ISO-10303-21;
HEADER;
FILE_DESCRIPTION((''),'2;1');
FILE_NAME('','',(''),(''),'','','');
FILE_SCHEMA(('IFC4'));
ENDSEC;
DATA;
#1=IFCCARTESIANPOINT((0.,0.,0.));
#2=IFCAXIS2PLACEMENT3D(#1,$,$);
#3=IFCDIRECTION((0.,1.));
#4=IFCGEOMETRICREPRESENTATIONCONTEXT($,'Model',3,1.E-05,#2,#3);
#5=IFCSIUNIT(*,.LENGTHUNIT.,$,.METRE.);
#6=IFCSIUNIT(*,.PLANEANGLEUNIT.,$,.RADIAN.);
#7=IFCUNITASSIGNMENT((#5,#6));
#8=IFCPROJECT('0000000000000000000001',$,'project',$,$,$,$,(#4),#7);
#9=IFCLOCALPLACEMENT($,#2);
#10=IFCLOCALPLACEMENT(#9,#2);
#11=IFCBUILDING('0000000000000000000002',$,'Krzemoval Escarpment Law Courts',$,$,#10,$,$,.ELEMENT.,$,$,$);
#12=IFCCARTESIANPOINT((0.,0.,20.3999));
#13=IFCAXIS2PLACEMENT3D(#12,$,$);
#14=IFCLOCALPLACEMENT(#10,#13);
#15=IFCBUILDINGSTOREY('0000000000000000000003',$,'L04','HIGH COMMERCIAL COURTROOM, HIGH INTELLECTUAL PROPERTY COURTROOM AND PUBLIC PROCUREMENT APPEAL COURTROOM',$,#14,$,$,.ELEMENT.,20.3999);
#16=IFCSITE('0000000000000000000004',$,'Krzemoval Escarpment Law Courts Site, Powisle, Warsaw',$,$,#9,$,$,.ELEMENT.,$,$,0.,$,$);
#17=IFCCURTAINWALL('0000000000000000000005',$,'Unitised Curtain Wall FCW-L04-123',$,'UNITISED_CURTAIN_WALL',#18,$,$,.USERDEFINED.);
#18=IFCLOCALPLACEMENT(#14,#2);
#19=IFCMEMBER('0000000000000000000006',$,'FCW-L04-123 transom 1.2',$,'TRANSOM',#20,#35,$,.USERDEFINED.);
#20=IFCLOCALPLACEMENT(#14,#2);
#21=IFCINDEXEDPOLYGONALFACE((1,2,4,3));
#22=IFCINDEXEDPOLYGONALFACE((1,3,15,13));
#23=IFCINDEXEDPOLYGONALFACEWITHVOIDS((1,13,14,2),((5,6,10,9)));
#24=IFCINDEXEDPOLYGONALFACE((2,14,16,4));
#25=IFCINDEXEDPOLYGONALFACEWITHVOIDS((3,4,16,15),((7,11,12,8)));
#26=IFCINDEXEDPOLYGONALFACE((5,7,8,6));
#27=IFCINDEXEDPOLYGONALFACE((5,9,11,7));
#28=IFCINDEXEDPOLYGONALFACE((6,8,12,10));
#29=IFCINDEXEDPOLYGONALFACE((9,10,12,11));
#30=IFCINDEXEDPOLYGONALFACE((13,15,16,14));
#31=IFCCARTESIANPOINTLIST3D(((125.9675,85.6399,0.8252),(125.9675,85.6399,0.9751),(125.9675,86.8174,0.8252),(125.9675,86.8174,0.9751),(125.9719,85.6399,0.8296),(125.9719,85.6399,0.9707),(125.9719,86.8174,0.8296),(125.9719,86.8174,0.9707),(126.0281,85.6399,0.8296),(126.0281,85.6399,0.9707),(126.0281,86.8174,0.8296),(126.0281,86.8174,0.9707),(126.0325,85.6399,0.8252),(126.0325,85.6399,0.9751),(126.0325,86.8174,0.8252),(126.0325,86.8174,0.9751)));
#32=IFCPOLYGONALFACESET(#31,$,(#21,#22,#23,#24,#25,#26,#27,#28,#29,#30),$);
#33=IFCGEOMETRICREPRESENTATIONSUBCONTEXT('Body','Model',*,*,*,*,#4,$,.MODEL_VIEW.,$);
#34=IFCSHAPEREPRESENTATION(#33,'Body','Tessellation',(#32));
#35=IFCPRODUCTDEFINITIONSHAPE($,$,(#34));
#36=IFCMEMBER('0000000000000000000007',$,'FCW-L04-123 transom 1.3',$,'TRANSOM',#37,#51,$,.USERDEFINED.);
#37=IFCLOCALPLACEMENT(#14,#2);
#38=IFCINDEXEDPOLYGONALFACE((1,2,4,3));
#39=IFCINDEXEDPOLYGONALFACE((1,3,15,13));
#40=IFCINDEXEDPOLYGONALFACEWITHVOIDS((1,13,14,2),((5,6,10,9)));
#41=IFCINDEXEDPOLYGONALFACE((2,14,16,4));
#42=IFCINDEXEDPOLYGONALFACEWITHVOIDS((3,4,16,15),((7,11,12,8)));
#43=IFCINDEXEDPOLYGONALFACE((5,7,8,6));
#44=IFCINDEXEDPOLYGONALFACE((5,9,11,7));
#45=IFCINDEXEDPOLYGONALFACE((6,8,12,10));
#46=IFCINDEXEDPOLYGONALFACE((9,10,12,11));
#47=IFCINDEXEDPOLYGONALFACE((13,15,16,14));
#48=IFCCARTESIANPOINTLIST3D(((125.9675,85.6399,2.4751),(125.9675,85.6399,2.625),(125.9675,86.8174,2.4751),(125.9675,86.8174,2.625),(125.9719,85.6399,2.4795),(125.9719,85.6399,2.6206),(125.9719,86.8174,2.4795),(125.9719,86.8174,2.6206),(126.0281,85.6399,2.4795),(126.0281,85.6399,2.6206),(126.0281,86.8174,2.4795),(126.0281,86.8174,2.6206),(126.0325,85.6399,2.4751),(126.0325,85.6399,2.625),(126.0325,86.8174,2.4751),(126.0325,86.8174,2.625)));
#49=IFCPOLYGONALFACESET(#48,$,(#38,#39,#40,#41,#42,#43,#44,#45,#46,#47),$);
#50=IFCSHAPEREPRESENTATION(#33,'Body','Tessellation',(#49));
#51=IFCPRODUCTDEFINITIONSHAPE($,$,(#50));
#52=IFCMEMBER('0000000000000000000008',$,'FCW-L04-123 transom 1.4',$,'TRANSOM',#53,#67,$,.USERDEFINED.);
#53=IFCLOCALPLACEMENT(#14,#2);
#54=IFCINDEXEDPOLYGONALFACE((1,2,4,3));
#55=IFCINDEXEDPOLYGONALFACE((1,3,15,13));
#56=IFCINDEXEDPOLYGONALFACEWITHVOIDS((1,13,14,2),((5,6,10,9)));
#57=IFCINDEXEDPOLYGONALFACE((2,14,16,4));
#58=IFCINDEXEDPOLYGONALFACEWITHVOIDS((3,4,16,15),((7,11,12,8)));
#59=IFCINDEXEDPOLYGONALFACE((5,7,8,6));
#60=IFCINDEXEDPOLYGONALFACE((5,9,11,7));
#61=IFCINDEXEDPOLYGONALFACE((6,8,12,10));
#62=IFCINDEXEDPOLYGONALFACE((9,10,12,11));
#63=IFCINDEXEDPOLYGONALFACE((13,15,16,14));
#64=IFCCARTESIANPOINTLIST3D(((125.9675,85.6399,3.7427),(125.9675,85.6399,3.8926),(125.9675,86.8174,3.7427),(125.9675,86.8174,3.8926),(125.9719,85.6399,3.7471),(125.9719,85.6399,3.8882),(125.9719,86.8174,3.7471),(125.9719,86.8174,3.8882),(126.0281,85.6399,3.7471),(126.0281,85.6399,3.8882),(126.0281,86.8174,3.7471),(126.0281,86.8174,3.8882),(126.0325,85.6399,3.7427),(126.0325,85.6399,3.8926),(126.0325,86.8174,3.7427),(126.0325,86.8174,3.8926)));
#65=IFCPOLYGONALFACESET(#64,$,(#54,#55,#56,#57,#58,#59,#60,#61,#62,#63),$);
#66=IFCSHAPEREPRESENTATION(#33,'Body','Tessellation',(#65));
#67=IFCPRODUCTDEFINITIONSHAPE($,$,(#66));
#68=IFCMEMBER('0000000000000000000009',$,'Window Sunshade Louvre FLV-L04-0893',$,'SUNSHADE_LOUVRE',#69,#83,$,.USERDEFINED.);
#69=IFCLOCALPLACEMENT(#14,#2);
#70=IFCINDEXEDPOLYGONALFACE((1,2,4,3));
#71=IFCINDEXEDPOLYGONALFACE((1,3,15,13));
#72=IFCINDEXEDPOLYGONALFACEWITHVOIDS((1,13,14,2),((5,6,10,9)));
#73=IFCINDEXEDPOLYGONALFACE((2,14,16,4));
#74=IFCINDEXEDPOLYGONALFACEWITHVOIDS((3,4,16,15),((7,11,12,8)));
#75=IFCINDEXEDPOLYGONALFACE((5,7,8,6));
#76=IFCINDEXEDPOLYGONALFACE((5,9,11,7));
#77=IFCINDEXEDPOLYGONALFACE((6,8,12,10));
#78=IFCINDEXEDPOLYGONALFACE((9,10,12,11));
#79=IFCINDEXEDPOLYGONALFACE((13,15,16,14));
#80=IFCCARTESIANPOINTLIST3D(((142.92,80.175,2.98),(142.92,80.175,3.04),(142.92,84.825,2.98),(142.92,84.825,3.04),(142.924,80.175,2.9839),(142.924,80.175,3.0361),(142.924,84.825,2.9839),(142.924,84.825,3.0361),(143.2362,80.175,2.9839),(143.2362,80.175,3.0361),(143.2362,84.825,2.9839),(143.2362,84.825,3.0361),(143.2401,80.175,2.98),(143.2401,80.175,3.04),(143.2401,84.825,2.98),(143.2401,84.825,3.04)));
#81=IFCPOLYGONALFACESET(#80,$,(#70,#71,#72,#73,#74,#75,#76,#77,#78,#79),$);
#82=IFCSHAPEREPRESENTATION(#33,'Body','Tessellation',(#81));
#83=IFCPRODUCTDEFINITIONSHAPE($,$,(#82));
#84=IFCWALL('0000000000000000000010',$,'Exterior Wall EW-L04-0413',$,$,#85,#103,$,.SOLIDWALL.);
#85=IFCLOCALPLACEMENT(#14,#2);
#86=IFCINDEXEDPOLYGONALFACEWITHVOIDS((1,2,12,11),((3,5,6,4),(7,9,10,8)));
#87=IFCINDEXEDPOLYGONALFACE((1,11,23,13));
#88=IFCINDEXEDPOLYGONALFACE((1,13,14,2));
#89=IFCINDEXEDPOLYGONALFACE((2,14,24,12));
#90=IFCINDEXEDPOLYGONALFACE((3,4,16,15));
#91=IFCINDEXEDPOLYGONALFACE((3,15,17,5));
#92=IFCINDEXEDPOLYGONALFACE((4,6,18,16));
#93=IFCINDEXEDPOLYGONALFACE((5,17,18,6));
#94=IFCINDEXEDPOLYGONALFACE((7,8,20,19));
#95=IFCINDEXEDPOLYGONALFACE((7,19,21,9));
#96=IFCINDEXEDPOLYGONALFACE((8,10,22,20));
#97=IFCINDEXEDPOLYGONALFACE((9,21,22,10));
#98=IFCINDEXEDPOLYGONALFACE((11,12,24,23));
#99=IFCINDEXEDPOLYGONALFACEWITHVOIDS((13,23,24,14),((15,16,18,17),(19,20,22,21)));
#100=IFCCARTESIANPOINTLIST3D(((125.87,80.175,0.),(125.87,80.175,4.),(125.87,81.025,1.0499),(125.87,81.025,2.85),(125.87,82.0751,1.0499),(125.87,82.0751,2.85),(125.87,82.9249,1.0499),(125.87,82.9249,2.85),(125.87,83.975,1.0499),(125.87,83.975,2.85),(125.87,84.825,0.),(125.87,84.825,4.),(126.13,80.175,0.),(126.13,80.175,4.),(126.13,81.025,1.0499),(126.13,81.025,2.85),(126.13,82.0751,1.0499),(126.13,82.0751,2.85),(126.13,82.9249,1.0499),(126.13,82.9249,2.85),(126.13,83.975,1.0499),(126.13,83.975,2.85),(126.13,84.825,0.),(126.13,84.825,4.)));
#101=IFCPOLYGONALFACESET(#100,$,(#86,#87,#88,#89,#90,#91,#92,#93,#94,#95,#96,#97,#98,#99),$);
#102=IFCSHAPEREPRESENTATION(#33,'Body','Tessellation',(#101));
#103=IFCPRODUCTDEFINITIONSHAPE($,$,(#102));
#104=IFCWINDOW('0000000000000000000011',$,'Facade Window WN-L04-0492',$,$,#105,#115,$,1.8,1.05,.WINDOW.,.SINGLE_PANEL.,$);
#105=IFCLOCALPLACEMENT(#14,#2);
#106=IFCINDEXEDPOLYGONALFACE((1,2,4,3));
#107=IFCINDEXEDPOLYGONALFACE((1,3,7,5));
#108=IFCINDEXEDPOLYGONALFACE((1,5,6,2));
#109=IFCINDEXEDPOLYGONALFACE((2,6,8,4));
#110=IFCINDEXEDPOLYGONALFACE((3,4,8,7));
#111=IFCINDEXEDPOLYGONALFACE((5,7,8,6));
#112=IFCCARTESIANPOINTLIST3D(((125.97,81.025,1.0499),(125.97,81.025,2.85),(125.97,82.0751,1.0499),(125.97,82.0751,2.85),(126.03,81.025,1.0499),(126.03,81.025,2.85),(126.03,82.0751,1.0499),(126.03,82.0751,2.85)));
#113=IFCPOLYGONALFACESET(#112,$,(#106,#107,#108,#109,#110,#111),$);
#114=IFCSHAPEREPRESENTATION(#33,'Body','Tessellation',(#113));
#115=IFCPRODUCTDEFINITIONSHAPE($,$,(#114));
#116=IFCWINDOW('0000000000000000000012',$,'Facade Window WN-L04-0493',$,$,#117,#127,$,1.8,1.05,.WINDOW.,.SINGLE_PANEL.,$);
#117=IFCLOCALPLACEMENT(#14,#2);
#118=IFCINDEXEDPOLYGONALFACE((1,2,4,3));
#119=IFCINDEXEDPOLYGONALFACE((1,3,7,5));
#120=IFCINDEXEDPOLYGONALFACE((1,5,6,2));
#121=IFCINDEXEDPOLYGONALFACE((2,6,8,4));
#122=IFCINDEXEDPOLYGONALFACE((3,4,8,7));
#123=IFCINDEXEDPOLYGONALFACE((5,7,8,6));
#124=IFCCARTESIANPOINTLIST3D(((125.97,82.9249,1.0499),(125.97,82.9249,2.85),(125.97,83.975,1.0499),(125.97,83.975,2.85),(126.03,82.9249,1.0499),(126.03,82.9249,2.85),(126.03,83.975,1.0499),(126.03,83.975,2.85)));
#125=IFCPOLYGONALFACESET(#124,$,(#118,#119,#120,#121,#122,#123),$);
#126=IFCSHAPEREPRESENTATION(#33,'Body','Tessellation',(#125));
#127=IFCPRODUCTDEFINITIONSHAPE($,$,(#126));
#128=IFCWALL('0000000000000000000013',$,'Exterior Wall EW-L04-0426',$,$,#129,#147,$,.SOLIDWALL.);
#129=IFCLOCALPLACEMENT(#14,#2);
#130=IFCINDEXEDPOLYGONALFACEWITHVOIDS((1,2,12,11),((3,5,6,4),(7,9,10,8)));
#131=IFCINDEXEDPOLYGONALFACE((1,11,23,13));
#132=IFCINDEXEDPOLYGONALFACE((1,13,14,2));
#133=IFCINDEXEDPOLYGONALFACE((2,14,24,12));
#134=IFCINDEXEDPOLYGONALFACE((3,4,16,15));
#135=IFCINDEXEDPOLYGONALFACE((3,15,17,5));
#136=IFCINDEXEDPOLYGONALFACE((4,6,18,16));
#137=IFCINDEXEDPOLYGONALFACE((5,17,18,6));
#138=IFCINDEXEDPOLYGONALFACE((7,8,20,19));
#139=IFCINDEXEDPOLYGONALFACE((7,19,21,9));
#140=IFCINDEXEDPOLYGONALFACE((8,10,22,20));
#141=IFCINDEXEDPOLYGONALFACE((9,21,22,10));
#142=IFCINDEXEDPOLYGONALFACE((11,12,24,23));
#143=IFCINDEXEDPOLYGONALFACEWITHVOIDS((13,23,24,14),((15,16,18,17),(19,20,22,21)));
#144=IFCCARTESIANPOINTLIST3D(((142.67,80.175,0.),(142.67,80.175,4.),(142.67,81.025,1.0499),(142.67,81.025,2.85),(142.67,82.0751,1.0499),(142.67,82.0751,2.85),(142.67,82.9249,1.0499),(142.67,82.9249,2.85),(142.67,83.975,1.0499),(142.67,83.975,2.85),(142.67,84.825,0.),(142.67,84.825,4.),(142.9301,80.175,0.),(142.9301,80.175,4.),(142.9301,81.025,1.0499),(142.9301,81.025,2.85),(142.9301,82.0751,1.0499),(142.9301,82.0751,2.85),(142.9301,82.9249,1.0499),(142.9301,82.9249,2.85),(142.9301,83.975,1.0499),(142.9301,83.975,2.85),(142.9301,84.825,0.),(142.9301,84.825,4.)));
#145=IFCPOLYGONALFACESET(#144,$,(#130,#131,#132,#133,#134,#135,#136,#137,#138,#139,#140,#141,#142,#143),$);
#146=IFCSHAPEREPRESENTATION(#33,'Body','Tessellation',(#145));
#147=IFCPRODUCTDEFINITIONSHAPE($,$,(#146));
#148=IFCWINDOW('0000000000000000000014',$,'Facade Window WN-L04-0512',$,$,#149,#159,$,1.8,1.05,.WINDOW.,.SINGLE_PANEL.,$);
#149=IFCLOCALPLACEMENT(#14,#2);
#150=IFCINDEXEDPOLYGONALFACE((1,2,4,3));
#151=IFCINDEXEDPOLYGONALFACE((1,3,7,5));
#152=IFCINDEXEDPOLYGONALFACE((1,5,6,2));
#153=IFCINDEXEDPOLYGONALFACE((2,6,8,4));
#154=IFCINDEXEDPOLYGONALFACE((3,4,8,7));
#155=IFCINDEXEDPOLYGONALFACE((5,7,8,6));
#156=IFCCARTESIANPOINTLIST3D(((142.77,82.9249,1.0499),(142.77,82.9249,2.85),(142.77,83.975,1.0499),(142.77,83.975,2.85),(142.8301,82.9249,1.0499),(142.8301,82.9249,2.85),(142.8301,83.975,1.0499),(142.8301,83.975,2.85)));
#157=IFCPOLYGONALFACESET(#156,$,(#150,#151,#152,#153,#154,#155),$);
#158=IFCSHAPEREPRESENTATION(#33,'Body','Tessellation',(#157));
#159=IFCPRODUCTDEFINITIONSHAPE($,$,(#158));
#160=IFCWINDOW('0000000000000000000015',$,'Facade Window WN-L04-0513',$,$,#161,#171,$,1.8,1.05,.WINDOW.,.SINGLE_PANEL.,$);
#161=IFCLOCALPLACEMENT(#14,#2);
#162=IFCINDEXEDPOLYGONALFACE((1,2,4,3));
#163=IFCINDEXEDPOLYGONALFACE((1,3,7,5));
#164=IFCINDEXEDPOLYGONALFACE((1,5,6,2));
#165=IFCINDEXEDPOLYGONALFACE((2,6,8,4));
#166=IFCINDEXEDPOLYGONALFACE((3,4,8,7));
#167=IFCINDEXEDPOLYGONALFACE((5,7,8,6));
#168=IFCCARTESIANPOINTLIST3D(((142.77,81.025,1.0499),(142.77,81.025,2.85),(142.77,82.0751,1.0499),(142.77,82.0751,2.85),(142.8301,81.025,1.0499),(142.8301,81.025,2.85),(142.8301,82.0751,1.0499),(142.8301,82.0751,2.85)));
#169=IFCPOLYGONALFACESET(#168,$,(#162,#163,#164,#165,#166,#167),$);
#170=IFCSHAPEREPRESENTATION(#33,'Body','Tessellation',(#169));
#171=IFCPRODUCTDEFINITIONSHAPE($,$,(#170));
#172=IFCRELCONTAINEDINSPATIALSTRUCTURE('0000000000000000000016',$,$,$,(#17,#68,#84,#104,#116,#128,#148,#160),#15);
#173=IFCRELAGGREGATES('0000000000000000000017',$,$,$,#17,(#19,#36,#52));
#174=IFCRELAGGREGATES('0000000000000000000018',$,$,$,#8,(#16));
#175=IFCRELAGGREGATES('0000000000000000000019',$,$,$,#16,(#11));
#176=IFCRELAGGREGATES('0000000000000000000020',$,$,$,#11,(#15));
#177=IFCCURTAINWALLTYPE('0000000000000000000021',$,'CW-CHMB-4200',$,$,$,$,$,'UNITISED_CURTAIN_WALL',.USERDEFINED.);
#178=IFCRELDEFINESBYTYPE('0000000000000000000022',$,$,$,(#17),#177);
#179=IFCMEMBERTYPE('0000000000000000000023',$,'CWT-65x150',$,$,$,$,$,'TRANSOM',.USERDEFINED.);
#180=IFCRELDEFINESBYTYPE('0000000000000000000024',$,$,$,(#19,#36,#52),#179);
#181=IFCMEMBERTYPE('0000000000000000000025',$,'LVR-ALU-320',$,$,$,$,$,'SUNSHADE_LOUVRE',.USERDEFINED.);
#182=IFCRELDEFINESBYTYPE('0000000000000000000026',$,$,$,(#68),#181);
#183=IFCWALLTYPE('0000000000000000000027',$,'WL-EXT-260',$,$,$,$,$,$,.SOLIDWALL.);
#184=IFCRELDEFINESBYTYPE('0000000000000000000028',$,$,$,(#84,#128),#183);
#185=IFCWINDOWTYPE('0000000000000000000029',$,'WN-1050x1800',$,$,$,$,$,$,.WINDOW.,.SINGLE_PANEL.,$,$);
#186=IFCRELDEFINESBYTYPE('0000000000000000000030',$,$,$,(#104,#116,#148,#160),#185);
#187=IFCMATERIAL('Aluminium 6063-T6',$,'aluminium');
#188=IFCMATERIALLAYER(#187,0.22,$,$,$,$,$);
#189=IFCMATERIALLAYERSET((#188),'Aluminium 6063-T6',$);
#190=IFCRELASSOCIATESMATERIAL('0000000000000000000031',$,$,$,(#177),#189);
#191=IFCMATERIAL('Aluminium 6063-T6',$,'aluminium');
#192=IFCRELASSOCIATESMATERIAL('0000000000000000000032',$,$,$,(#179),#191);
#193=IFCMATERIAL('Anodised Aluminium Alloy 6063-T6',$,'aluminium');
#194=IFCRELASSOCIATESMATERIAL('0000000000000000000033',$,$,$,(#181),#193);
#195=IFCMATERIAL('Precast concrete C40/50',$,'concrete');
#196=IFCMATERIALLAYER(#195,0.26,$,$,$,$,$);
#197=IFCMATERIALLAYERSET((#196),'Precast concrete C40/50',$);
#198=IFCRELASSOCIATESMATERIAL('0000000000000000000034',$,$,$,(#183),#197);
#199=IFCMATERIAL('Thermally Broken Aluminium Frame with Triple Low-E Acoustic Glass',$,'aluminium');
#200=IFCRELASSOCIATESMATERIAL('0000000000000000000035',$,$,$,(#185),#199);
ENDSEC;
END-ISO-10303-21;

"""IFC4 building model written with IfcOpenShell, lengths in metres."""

from ifc_helpers import new_model, si_unit, direction, frame, frame_2d, origin, origin_2d, place, context, subcontext, project, spatial, rectangle, hollow_rectangle, extrude, material, layer, layer_set, material_profile, profile_set, type_object, element, fill, aggregate, save


model = new_model("IFC4")

# Units and contexts
model_context = context("Model", 3, precision=1e-05, world=origin(), true_north=direction((0.0, 1.0)))
body_context = subcontext(model_context, "Body", "Model", "MODEL_VIEW")
ifc_project = project(units=[si_unit("LENGTHUNIT", "METRE"), si_unit("PLANEANGLEUNIT", "RADIAN")], contexts=[model_context])

# Site, building, storey
site_placement = place(None, origin())
site = spatial("IfcSite", under=ifc_project, at=site_placement, Name="Krzemoval Escarpment Law Courts Site, Powisle, Warsaw", CompositionType="ELEMENT", RefElevation=0.0)
building_placement = place(site_placement, origin())
building = spatial("IfcBuilding", under=site, at=building_placement, Name="Krzemoval Escarpment Law Courts", CompositionType="ELEMENT")
storey_placement = place(building_placement, frame((0.0, 0.0, 20.3999)))
storey = spatial("IfcBuildingStorey", under=building, at=storey_placement, Name="L04", Description="HIGH COMMERCIAL COURTROOM, HIGH INTELLECTUAL PROPERTY COURTROOM AND PUBLIC PROCUREMENT APPEAL COURTROOM", CompositionType="ELEMENT", Elevation=20.3999)

# Curtain wall, members
ifc_material_1 = material(Name="Aluminium 6063-T6", Category="aluminium")
ifc_layer_1 = layer(ifc_material_1, 0.22)
ifc_layer_set_1 = layer_set([ifc_layer_1], Name="Aluminium 6063-T6")
curtain_wall_type = type_object("IfcCurtainWallType", Name="CW-CHMB-4200", ElementType="UNITISED_CURTAIN_WALL", PredefinedType="USERDEFINED", material=ifc_layer_set_1)
curtain_wall_placement = place(storey_placement, origin())
curtain_wall = element("IfcCurtainWall", 1, at=curtain_wall_placement, inside=storey, type_object=curtain_wall_type, Name="Unitised Curtain Wall FCW-L04-123", ObjectType="UNITISED_CURTAIN_WALL", PredefinedType="USERDEFINED")
ifc_material_2 = material(Name="Aluminium 6063-T6", Category="aluminium")
ifc_material_profile_1 = material_profile(ifc_material_2, hollow_rectangle(XDim=0.0649, YDim=0.1499, WallThickness=0.0044, at=origin_2d()), Name="ALU T65x150")
ifc_profile_set_1 = profile_set([ifc_material_profile_1], Name="Aluminium 6063-T6")
member_type_1 = type_object("IfcMemberType", Name="CWT-65x150", ElementType="TRANSOM", PredefinedType="USERDEFINED", material=ifc_profile_set_1)
member_1_placement = place(storey_placement, frame((126.0, 85.6399, 0.9001), z_axis=(0.0, 1.0, 0.0), x_axis=(-1.0, 0.0, 0.0)))
member_1 = element("IfcMember", 2, at=member_1_placement, type_object=member_type_1, Name="FCW-L04-123 transom 1.2", ObjectType="TRANSOM", PredefinedType="USERDEFINED", context=body_context, shape_type="SweptSolid", body=[
    extrude(hollow_rectangle(XDim=0.0649, YDim=0.1499, WallThickness=0.0044, at=origin_2d()), origin(), (0.0, 0.0, 1.0), 1.1775),
])
member_2_placement = place(storey_placement, frame((126.0, 85.6399, 2.55), z_axis=(0.0, 1.0, 0.0), x_axis=(-1.0, 0.0, 0.0)))
member_2 = element("IfcMember", 3, at=member_2_placement, type_object=member_type_1, Name="FCW-L04-123 transom 1.3", ObjectType="TRANSOM", PredefinedType="USERDEFINED", context=body_context, shape_type="SweptSolid", body=[
    extrude(hollow_rectangle(XDim=0.0649, YDim=0.1499, WallThickness=0.0044, at=origin_2d()), origin(), (0.0, 0.0, 1.0), 1.1775),
])
member_3_placement = place(storey_placement, frame((126.0, 85.6399, 3.8176), z_axis=(0.0, 1.0, 0.0), x_axis=(-1.0, 0.0, 0.0)))
member_3 = element("IfcMember", 4, at=member_3_placement, type_object=member_type_1, Name="FCW-L04-123 transom 1.4", ObjectType="TRANSOM", PredefinedType="USERDEFINED", context=body_context, shape_type="SweptSolid", body=[
    extrude(hollow_rectangle(XDim=0.0649, YDim=0.1499, WallThickness=0.0044, at=origin_2d()), origin(), (0.0, 0.0, 1.0), 1.1775),
])
aggregate(curtain_wall, [member_1, member_2, member_3])

# Member
ifc_material_3 = material(Name="Anodised Aluminium Alloy 6063-T6", Category="aluminium")
ifc_material_profile_2 = material_profile(ifc_material_3, hollow_rectangle(XDim=0.0601, YDim=0.3201, WallThickness=0.0039, at=origin_2d()), Name="ALU LVR 60x320")
ifc_profile_set_2 = profile_set([ifc_material_profile_2], Name="Anodised Aluminium Alloy 6063-T6")
member_type_2 = type_object("IfcMemberType", Name="LVR-ALU-320", ElementType="SUNSHADE_LOUVRE", PredefinedType="USERDEFINED", material=ifc_profile_set_2)
member_4_placement = place(storey_placement, frame((143.0801, 84.825, 3.01), z_axis=(0.0, -1.0, 0.0), x_axis=(0.0, 0.0, 1.0)))
element("IfcMember", 5, at=member_4_placement, inside=storey, type_object=member_type_2, Name="Window Sunshade Louvre FLV-L04-0893", ObjectType="SUNSHADE_LOUVRE", PredefinedType="USERDEFINED", context=body_context, shape_type="SweptSolid", body=[
    extrude(hollow_rectangle(XDim=0.0601, YDim=0.3201, WallThickness=0.0039, at=origin_2d()), origin(), (0.0, 0.0, 1.0), 4.6499),
])

# Walls, openings, windows
ifc_material_4 = material(Name="Precast concrete C40/50", Category="concrete")
ifc_layer_2 = layer(ifc_material_4, 0.26)
ifc_layer_set_2 = layer_set([ifc_layer_2], Name="Precast concrete C40/50")
wall_type_1 = type_object("IfcWallType", Name="WL-EXT-260", PredefinedType="SOLIDWALL", material=ifc_layer_set_2)
wall_1_placement = place(storey_placement, frame((126.0, 80.175, 0.0), z_axis=(0.0, 0.0, 1.0), x_axis=(0.0, 1.0, 0.0)))
wall_1 = element("IfcWall", 6, at=wall_1_placement, inside=storey, type_object=wall_type_1, Name="Exterior Wall EW-L04-0413", PredefinedType="SOLIDWALL", context=body_context, shape_type="SweptSolid", body=[
    extrude(rectangle(XDim=4.6499, YDim=0.26, at=frame_2d((2.325, 0.0))), origin(), (0.0, 0.0, 1.0), 4.0),
])
opening_1_placement = place(wall_1_placement, frame((0.8501, 0.0, 1.05)))
opening_1 = element("IfcOpeningElement", 7, at=opening_1_placement, cuts=wall_1, PredefinedType="OPENING", context=body_context, shape_type="SweptSolid", body=[
    extrude(rectangle(XDim=1.05, YDim=1.8, at=frame_2d((0.5249, 0.8999))), frame((0.0, 0.145, 0.0), z_axis=(0.0, -1.0, 0.0), x_axis=(1.0, 0.0, 0.0)), (0.0, 0.0, 1.0), 0.29),
])
opening_2_placement = place(wall_1_placement, frame((2.75, 0.0, 1.05)))
opening_2 = element("IfcOpeningElement", 8, at=opening_2_placement, cuts=wall_1, PredefinedType="OPENING", context=body_context, shape_type="SweptSolid", body=[
    extrude(rectangle(XDim=1.05, YDim=1.8, at=frame_2d((0.5249, 0.8999))), frame((0.0, 0.145, 0.0), z_axis=(0.0, -1.0, 0.0), x_axis=(1.0, 0.0, 0.0)), (0.0, 0.0, 1.0), 0.29),
])
ifc_material_5 = material(Name="Thermally Broken Aluminium Frame with Triple Low-E Acoustic Glass", Category="aluminium")
window_type = type_object("IfcWindowType", Name="WN-1050x1800", PartitioningType="SINGLE_PANEL", PredefinedType="WINDOW", material=ifc_material_5)
window_1_placement = place(opening_1_placement, origin())
window_1 = element("IfcWindow", 9, at=window_1_placement, inside=storey, type_object=window_type, Name="Facade Window WN-L04-0492", OverallHeight=1.8, OverallWidth=1.05, PartitioningType="SINGLE_PANEL", PredefinedType="WINDOW", context=body_context, shape_type="SweptSolid", body=[
    extrude(rectangle(XDim=1.05, YDim=1.8, at=frame_2d((0.5249, 0.8999))), frame((0.0, 0.03, 0.0), z_axis=(0.0, -1.0, 0.0), x_axis=(1.0, 0.0, 0.0)), (0.0, 0.0, 1.0), 0.0601),
])
fill(opening_1, window_1)
window_2_placement = place(opening_2_placement, origin())
window_2 = element("IfcWindow", 10, at=window_2_placement, inside=storey, type_object=window_type, Name="Facade Window WN-L04-0493", OverallHeight=1.8, OverallWidth=1.05, PartitioningType="SINGLE_PANEL", PredefinedType="WINDOW", context=body_context, shape_type="SweptSolid", body=[
    extrude(rectangle(XDim=1.05, YDim=1.8, at=frame_2d((0.5249, 0.8999))), frame((0.0, 0.03, 0.0), z_axis=(0.0, -1.0, 0.0), x_axis=(1.0, 0.0, 0.0)), (0.0, 0.0, 1.0), 0.0601),
])
fill(opening_2, window_2)
wall_2_placement = place(storey_placement, frame((142.8, 84.825, 0.0), z_axis=(0.0, 0.0, 1.0), x_axis=(0.0, -1.0, 0.0)))
wall_2 = element("IfcWall", 11, at=wall_2_placement, inside=storey, type_object=wall_type_1, Name="Exterior Wall EW-L04-0426", PredefinedType="SOLIDWALL", context=body_context, shape_type="SweptSolid", body=[
    extrude(rectangle(XDim=4.6499, YDim=0.26, at=frame_2d((2.325, 0.0))), origin(), (0.0, 0.0, 1.0), 4.0),
])
opening_3_placement = place(wall_2_placement, frame((0.8501, 0.0, 1.05)))
opening_3 = element("IfcOpeningElement", 12, at=opening_3_placement, cuts=wall_2, PredefinedType="OPENING", context=body_context, shape_type="SweptSolid", body=[
    extrude(rectangle(XDim=1.05, YDim=1.8, at=frame_2d((0.5249, 0.8999))), frame((0.0, 0.145, 0.0), z_axis=(0.0, -1.0, 0.0), x_axis=(1.0, 0.0, 0.0)), (0.0, 0.0, 1.0), 0.29),
])
opening_4_placement = place(wall_2_placement, frame((2.75, 0.0, 1.05)))
opening_4 = element("IfcOpeningElement", 13, at=opening_4_placement, cuts=wall_2, PredefinedType="OPENING", context=body_context, shape_type="SweptSolid", body=[
    extrude(rectangle(XDim=1.05, YDim=1.8, at=frame_2d((0.5249, 0.8999))), frame((0.0, 0.145, 0.0), z_axis=(0.0, -1.0, 0.0), x_axis=(1.0, 0.0, 0.0)), (0.0, 0.0, 1.0), 0.29),
])
window_3_placement = place(opening_3_placement, origin())
window_3 = element("IfcWindow", 14, at=window_3_placement, inside=storey, type_object=window_type, Name="Facade Window WN-L04-0512", OverallHeight=1.8, OverallWidth=1.05, PartitioningType="SINGLE_PANEL", PredefinedType="WINDOW", context=body_context, shape_type="SweptSolid", body=[
    extrude(rectangle(XDim=1.05, YDim=1.8, at=frame_2d((0.5249, 0.8999))), frame((0.0, 0.03, 0.0), z_axis=(0.0, -1.0, 0.0), x_axis=(1.0, 0.0, 0.0)), (0.0, 0.0, 1.0), 0.0601),
])
fill(opening_3, window_3)
window_4_placement = place(opening_4_placement, origin())
window_4 = element("IfcWindow", 15, at=window_4_placement, inside=storey, type_object=window_type, Name="Facade Window WN-L04-0513", OverallHeight=1.8, OverallWidth=1.05, PartitioningType="SINGLE_PANEL", PredefinedType="WINDOW", context=body_context, shape_type="SweptSolid", body=[
    extrude(rectangle(XDim=1.05, YDim=1.8, at=frame_2d((0.5249, 0.8999))), frame((0.0, 0.03, 0.0), z_axis=(0.0, -1.0, 0.0), x_axis=(1.0, 0.0, 0.0)), (0.0, 0.0, 1.0), 0.0601),
])
fill(opening_4, window_4)

save(model, "model.ifc")
